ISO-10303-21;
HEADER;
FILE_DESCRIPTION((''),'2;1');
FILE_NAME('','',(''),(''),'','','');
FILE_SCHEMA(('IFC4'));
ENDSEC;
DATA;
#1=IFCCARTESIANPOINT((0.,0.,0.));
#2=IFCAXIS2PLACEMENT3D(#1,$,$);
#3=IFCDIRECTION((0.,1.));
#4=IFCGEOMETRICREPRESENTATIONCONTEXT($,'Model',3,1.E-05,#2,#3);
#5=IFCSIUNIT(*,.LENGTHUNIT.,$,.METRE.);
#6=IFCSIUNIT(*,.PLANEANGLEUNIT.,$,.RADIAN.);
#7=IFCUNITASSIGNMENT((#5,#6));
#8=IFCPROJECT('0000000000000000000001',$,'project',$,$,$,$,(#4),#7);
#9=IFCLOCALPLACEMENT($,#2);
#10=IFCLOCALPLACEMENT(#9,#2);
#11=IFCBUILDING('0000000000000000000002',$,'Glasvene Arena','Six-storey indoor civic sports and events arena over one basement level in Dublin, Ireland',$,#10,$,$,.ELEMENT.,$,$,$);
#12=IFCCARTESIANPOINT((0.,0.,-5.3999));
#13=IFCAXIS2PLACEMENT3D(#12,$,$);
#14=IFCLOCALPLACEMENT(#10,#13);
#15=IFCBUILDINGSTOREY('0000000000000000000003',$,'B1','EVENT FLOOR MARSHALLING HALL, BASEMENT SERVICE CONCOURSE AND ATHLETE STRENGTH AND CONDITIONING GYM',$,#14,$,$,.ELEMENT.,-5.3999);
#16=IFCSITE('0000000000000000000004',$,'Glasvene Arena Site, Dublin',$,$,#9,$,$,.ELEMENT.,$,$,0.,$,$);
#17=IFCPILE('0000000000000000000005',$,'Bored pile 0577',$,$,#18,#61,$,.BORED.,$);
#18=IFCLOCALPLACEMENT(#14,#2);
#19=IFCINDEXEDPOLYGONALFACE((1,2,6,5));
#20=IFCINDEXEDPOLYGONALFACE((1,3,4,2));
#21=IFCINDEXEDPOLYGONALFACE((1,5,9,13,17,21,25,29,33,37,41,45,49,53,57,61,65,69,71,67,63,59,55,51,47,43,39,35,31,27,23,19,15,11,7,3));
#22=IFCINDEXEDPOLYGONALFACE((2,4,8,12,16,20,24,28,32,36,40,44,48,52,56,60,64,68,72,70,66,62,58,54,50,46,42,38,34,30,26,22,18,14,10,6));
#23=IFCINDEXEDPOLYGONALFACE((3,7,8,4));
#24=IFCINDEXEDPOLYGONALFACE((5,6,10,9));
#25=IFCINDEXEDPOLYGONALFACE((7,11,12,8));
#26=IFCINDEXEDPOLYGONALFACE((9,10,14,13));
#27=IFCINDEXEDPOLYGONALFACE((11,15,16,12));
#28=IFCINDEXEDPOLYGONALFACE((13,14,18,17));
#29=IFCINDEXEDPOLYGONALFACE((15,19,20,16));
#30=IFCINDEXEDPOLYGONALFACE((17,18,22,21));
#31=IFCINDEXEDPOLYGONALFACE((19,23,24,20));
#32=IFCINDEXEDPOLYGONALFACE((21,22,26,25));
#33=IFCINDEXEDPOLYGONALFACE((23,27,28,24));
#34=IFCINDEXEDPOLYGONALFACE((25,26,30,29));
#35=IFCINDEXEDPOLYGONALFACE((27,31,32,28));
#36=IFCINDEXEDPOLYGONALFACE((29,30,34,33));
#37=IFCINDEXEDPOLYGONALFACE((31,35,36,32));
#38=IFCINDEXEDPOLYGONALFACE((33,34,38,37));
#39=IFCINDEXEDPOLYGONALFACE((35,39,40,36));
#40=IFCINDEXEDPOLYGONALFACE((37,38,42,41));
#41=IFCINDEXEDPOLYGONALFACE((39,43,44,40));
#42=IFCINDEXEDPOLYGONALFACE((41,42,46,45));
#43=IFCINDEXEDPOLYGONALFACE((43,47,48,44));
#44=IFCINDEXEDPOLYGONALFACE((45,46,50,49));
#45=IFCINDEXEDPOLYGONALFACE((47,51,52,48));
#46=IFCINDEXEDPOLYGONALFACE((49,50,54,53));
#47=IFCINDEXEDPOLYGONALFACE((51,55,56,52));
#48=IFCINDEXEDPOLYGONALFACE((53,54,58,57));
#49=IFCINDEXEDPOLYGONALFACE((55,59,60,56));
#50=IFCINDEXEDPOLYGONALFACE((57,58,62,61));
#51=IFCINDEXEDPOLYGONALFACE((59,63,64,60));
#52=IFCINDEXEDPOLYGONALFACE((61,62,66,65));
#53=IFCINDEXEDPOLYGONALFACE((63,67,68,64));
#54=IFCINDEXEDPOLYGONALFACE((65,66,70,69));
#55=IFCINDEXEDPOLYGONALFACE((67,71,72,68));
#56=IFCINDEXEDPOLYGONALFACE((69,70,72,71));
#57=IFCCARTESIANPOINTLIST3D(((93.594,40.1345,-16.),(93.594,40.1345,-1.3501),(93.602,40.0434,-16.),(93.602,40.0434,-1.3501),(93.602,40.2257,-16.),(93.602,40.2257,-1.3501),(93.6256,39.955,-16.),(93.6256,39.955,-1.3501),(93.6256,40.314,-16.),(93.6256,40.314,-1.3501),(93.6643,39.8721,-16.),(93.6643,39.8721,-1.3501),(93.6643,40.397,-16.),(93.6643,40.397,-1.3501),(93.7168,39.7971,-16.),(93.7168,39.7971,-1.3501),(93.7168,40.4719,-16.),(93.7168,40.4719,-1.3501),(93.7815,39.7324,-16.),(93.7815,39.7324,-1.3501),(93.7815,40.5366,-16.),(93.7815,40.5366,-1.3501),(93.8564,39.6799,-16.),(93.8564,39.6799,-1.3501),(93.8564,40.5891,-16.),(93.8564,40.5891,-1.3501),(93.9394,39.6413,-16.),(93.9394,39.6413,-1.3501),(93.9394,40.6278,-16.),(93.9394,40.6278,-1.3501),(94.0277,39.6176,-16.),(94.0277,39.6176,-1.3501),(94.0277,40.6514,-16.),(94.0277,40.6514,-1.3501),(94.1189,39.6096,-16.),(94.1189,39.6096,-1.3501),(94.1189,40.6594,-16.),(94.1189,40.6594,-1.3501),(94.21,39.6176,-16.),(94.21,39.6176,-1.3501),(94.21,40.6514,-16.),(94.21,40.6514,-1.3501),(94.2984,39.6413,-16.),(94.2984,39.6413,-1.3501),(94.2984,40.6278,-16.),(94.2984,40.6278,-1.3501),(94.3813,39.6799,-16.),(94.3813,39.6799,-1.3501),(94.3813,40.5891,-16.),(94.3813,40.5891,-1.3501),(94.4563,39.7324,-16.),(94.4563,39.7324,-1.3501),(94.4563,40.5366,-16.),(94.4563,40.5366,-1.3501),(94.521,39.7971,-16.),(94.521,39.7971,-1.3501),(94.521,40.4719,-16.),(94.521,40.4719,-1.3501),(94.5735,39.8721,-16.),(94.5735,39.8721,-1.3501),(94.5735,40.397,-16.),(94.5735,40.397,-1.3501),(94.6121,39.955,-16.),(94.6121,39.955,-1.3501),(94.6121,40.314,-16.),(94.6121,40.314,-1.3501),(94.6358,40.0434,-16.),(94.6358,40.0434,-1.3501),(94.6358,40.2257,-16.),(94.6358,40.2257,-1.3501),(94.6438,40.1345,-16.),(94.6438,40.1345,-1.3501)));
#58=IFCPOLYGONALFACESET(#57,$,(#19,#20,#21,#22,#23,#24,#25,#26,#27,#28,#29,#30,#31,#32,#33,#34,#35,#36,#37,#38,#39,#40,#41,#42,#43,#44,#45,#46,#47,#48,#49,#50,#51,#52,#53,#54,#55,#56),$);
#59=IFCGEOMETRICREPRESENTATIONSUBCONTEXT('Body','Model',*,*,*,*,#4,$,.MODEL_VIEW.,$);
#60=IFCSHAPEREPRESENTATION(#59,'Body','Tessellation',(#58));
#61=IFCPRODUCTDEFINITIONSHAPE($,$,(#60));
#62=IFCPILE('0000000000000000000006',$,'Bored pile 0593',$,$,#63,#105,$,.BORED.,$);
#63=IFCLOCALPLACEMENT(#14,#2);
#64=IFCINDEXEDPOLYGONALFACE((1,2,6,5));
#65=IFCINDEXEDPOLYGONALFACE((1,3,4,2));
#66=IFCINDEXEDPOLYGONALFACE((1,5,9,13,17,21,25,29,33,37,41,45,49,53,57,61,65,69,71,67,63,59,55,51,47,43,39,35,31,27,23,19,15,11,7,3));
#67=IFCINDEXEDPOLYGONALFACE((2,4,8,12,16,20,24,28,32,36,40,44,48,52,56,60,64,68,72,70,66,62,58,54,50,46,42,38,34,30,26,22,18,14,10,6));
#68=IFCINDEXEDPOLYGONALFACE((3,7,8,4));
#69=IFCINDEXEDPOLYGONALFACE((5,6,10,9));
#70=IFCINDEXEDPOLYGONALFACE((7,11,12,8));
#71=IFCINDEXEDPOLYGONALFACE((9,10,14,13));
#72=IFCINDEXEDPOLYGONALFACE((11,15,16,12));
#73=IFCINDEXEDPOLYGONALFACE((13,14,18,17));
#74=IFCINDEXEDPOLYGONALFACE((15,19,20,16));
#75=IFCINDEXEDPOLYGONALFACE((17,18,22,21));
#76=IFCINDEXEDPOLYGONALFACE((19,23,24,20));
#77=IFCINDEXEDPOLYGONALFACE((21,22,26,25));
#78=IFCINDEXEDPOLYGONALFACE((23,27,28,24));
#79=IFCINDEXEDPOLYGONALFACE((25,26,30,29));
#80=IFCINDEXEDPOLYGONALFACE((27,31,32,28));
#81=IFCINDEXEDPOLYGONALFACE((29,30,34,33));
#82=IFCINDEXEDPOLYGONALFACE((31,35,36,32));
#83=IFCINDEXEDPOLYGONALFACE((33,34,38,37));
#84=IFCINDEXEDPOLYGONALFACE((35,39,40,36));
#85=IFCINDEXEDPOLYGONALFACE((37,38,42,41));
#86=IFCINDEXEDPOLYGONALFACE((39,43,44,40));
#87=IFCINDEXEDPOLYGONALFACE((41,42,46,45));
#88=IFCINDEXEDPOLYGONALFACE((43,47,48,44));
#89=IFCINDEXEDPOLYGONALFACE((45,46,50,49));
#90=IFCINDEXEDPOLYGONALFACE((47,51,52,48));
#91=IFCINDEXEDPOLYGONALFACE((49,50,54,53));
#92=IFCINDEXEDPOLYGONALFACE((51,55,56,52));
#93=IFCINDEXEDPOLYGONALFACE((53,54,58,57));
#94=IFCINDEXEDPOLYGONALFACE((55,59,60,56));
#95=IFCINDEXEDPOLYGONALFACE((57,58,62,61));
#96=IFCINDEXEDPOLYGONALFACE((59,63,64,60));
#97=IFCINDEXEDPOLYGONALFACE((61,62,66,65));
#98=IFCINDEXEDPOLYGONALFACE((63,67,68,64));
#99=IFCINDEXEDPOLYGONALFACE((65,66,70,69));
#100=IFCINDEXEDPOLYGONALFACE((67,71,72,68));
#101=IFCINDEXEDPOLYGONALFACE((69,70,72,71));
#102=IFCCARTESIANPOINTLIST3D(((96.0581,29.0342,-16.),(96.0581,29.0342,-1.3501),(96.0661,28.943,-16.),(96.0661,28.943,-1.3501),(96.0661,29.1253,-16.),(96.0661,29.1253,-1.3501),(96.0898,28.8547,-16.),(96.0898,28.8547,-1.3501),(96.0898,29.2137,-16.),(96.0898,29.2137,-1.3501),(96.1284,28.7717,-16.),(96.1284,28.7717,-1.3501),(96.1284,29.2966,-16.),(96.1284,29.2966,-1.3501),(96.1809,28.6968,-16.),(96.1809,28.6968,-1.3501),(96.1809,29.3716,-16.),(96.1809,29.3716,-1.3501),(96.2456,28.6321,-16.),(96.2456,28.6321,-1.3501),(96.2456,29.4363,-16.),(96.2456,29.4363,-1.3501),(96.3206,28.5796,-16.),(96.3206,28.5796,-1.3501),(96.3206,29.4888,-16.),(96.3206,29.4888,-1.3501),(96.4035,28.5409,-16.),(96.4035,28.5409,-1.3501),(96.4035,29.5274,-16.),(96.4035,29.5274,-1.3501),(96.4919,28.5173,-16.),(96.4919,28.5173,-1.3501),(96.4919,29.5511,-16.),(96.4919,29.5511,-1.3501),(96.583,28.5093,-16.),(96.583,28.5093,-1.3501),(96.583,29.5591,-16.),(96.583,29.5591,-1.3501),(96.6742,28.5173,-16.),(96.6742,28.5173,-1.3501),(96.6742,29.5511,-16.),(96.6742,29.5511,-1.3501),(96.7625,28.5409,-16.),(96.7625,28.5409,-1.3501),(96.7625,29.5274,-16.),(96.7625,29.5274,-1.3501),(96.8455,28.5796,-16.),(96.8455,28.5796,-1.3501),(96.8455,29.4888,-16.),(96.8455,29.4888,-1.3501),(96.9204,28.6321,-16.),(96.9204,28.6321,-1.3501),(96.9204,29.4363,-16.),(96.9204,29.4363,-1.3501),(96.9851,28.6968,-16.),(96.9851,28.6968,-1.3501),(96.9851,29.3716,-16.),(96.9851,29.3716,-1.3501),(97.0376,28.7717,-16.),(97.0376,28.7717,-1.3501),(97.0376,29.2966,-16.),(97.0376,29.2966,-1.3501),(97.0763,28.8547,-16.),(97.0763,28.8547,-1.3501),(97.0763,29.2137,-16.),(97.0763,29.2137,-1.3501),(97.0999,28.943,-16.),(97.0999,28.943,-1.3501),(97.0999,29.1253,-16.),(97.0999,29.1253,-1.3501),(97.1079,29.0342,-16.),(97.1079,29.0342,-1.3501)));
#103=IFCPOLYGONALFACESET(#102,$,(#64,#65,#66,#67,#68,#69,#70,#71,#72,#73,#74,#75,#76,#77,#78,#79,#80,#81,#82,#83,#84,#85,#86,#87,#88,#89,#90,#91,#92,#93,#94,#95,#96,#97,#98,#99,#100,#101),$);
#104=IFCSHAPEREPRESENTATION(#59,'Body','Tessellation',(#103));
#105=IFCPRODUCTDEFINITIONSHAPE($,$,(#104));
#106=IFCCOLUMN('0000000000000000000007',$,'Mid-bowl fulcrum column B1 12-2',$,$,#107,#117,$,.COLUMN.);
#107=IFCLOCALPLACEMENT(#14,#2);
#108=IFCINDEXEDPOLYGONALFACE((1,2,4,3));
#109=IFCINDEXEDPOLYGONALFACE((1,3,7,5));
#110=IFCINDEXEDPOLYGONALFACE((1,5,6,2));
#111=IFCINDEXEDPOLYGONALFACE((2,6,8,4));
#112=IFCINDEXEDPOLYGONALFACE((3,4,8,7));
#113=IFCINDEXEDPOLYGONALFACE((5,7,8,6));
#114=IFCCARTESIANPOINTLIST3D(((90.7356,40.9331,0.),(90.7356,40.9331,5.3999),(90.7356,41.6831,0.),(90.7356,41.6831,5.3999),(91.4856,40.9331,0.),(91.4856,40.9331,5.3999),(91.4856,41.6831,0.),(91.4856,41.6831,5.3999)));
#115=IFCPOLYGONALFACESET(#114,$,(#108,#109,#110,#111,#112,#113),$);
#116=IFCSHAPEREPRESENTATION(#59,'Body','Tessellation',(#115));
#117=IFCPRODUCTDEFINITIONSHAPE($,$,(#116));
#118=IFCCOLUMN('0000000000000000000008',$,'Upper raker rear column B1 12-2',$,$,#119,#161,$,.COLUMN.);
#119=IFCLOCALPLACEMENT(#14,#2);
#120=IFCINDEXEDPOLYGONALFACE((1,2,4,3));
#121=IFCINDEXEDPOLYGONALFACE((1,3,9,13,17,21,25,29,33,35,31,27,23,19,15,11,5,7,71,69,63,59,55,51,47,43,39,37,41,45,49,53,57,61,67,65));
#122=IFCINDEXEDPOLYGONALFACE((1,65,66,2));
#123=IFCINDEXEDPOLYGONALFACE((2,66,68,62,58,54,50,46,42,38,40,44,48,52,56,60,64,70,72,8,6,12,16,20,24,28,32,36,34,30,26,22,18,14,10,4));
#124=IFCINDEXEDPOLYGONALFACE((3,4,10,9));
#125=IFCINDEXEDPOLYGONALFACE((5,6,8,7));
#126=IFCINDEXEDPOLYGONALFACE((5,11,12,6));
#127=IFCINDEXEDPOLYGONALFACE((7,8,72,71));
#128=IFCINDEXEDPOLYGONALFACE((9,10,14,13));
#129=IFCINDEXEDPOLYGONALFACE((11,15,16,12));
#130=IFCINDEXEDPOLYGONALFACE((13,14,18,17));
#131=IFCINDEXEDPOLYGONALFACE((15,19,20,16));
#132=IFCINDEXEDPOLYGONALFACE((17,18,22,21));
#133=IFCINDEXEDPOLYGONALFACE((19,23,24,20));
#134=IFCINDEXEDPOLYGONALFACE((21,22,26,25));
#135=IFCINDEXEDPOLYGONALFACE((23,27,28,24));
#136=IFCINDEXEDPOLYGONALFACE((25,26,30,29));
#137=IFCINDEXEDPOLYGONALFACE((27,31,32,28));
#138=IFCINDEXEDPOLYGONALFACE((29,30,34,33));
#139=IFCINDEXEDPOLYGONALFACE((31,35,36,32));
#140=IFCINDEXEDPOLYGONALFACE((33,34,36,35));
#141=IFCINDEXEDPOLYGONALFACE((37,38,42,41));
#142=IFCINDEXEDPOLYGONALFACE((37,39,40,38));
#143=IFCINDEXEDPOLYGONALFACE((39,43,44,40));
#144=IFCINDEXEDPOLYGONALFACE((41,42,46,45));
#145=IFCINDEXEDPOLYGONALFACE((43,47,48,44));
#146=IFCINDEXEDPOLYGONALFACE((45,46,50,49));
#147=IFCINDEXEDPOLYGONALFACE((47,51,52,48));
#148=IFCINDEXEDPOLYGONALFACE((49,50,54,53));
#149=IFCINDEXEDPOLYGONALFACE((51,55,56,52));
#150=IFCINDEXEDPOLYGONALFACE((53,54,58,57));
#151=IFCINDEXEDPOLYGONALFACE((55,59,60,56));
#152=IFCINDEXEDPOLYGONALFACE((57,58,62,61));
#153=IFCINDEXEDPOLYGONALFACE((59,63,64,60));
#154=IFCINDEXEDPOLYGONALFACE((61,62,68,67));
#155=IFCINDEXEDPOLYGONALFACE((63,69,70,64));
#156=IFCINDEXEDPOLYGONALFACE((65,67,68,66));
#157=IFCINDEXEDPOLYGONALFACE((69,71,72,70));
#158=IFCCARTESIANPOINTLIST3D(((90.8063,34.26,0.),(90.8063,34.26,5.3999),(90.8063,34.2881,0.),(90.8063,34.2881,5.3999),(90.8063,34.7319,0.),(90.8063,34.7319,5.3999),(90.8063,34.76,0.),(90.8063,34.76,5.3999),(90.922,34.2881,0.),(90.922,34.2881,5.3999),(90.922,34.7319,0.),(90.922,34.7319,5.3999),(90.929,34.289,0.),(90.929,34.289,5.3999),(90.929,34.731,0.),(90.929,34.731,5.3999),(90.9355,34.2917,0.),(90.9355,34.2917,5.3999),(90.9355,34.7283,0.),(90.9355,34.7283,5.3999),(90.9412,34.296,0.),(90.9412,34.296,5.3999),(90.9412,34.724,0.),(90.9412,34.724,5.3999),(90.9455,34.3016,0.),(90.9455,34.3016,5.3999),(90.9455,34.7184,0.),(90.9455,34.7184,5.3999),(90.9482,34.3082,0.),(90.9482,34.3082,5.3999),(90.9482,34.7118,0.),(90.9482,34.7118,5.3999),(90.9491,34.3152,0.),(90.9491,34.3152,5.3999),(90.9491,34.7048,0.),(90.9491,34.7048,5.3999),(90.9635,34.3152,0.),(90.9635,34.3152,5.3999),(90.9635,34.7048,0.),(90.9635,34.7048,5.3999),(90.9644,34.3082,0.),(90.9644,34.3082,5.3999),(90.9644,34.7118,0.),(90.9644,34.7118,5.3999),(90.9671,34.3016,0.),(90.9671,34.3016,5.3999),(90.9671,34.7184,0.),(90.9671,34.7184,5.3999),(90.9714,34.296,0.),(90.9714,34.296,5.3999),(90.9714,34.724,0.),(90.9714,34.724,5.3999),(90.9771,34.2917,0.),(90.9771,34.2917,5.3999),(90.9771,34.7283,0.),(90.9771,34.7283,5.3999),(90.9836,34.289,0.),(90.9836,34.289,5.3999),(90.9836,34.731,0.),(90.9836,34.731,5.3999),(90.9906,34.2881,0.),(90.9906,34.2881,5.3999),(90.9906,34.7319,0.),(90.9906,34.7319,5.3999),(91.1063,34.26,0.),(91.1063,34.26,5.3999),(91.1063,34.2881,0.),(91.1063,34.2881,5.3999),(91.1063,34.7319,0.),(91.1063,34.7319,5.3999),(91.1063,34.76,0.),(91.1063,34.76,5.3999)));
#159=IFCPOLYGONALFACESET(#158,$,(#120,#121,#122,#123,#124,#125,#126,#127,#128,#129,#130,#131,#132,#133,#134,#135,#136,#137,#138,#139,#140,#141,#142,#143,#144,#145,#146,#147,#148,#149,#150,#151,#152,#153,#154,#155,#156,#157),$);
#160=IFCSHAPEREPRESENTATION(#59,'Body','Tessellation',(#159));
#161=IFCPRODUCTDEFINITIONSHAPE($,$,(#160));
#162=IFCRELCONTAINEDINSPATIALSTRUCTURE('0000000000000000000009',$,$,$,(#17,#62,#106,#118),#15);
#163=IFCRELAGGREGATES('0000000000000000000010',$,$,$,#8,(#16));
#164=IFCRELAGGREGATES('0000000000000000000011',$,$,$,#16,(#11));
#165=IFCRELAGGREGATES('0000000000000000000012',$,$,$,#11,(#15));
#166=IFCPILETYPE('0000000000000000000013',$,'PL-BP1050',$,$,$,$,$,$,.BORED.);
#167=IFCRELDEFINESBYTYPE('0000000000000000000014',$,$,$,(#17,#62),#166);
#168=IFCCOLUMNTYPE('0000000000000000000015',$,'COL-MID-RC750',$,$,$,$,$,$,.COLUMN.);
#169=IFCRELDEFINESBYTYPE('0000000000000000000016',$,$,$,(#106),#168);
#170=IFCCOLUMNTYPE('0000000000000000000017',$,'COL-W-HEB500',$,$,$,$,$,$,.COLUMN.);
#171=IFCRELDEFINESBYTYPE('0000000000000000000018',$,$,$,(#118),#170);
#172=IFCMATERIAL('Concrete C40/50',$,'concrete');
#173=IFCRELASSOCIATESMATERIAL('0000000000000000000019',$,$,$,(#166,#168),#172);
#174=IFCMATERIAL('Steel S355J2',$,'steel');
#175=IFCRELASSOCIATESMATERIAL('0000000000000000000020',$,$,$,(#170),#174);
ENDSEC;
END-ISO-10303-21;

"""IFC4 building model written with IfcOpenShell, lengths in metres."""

from ifc_helpers import new_model, si_unit, direction, frame, origin, origin_2d, place, context, subcontext, project, spatial, rectangle, circle, i_section, extrude, material, material_profile, profile_set, type_object, element, save


model = new_model("IFC4")

# Units and contexts
model_context = context("Model", 3, precision=1e-05, world=origin(), true_north=direction((0.0, 1.0)))
body_context = subcontext(model_context, "Body", "Model", "MODEL_VIEW")
ifc_project = project(units=[si_unit("LENGTHUNIT", "METRE"), si_unit("PLANEANGLEUNIT", "RADIAN")], contexts=[model_context])

# Site, building, storey
site_placement = place(None, origin())
site = spatial("IfcSite", under=ifc_project, at=site_placement, Name="Glasvene Arena Site, Dublin", CompositionType="ELEMENT", RefElevation=0.0)
building_placement = place(site_placement, origin())
building = spatial("IfcBuilding", under=site, at=building_placement, Name="Glasvene Arena", Description="Six-storey indoor civic sports and events arena over one basement level in Dublin, Ireland", CompositionType="ELEMENT")
storey_placement = place(building_placement, frame((0.0, 0.0, -5.3999)))
storey = spatial("IfcBuildingStorey", under=building, at=storey_placement, Name="B1", Description="EVENT FLOOR MARSHALLING HALL, BASEMENT SERVICE CONCOURSE AND ATHLETE STRENGTH AND CONDITIONING GYM", CompositionType="ELEMENT", Elevation=-5.3999)

# Piles
ifc_material_1 = material(Name="Concrete C40/50", Category="concrete")
ifc_material_profile_1 = material_profile(ifc_material_1, circle(Radius=0.5249, at=origin_2d()), Name="BORED PILE 1050")
ifc_profile_set_1 = profile_set([ifc_material_profile_1], Name="Concrete C40/50")
pile_type = type_object("IfcPileType", Name="PL-BP1050", PredefinedType="BORED", material=ifc_profile_set_1)
for number, where, z_axis, x_axis, name in (
    (1, (94.1189, 40.1345, -1.3501), (0.0, 0.0, -1.0), (1.0, 0.0, 0.0), "Bored pile 0577"),
    (2, (96.583, 29.0342, -1.3501), (0.0, 0.0, -1.0), (1.0, 0.0, 0.0), "Bored pile 0593"),
):
    element("IfcPile", number, at=place(storey_placement, frame(where, z_axis=z_axis, x_axis=x_axis)), inside=storey, type_object=pile_type, Name=name, PredefinedType="BORED", context=body_context, shape_type="SweptSolid", body=[
        extrude(circle(Radius=0.5249, at=origin_2d()), origin(), (0.0, 0.0, 1.0), 14.6499),
    ])

# Columns
ifc_material_profile_2 = material_profile(ifc_material_1, rectangle(XDim=0.75, YDim=0.75, at=origin_2d()), Name="RC 750x750")
ifc_profile_set_2 = profile_set([ifc_material_profile_2], Name="Concrete C40/50")
column_type_1 = type_object("IfcColumnType", Name="COL-MID-RC750", PredefinedType="COLUMN", material=ifc_profile_set_2)
column_placement = place(storey_placement, frame((91.1106, 41.3081, 0.0), z_axis=(0.0, 0.0, 1.0), x_axis=(1.0, 0.0, 0.0)))
element("IfcColumn", 3, at=column_placement, inside=storey, type_object=column_type_1, Name="Mid-bowl fulcrum column B1 12-2", PredefinedType="COLUMN", context=body_context, shape_type="SweptSolid", body=[
    extrude(rectangle(XDim=0.75, YDim=0.75, at=origin_2d()), origin(), (0.0, 0.0, 1.0), 5.3999),
])
ifc_material_2 = material(Name="Steel S355J2", Category="steel")
ifc_material_profile_3 = material_profile(ifc_material_2, i_section(OverallWidth=0.3, OverallDepth=0.5, WebThickness=0.0144, FlangeThickness=0.0281, FilletRadius=0.0271, at=origin_2d()), Name="HEB 500")
ifc_profile_set_3 = profile_set([ifc_material_profile_3], Name="Steel S355J2")
column_type_2 = type_object("IfcColumnType", Name="COL-W-HEB500", PredefinedType="COLUMN", material=ifc_profile_set_3)
for number, where, z_axis, x_axis, name in (
    (4, (90.9563, 34.51, 0.0), (0.0, 0.0, 1.0), (1.0, 0.0, 0.0), "Upper raker rear column B1 12-2"),
):
    element("IfcColumn", number, at=place(storey_placement, frame(where, z_axis=z_axis, x_axis=x_axis)), inside=storey, type_object=column_type_2, Name=name, PredefinedType="COLUMN", context=body_context, shape_type="SweptSolid", body=[
        extrude(i_section(OverallWidth=0.3, OverallDepth=0.5, WebThickness=0.0144, FlangeThickness=0.0281, FilletRadius=0.0271, at=origin_2d()), origin(), (0.0, 0.0, 1.0), 5.3999),
    ])

save(model, "model.ifc")
